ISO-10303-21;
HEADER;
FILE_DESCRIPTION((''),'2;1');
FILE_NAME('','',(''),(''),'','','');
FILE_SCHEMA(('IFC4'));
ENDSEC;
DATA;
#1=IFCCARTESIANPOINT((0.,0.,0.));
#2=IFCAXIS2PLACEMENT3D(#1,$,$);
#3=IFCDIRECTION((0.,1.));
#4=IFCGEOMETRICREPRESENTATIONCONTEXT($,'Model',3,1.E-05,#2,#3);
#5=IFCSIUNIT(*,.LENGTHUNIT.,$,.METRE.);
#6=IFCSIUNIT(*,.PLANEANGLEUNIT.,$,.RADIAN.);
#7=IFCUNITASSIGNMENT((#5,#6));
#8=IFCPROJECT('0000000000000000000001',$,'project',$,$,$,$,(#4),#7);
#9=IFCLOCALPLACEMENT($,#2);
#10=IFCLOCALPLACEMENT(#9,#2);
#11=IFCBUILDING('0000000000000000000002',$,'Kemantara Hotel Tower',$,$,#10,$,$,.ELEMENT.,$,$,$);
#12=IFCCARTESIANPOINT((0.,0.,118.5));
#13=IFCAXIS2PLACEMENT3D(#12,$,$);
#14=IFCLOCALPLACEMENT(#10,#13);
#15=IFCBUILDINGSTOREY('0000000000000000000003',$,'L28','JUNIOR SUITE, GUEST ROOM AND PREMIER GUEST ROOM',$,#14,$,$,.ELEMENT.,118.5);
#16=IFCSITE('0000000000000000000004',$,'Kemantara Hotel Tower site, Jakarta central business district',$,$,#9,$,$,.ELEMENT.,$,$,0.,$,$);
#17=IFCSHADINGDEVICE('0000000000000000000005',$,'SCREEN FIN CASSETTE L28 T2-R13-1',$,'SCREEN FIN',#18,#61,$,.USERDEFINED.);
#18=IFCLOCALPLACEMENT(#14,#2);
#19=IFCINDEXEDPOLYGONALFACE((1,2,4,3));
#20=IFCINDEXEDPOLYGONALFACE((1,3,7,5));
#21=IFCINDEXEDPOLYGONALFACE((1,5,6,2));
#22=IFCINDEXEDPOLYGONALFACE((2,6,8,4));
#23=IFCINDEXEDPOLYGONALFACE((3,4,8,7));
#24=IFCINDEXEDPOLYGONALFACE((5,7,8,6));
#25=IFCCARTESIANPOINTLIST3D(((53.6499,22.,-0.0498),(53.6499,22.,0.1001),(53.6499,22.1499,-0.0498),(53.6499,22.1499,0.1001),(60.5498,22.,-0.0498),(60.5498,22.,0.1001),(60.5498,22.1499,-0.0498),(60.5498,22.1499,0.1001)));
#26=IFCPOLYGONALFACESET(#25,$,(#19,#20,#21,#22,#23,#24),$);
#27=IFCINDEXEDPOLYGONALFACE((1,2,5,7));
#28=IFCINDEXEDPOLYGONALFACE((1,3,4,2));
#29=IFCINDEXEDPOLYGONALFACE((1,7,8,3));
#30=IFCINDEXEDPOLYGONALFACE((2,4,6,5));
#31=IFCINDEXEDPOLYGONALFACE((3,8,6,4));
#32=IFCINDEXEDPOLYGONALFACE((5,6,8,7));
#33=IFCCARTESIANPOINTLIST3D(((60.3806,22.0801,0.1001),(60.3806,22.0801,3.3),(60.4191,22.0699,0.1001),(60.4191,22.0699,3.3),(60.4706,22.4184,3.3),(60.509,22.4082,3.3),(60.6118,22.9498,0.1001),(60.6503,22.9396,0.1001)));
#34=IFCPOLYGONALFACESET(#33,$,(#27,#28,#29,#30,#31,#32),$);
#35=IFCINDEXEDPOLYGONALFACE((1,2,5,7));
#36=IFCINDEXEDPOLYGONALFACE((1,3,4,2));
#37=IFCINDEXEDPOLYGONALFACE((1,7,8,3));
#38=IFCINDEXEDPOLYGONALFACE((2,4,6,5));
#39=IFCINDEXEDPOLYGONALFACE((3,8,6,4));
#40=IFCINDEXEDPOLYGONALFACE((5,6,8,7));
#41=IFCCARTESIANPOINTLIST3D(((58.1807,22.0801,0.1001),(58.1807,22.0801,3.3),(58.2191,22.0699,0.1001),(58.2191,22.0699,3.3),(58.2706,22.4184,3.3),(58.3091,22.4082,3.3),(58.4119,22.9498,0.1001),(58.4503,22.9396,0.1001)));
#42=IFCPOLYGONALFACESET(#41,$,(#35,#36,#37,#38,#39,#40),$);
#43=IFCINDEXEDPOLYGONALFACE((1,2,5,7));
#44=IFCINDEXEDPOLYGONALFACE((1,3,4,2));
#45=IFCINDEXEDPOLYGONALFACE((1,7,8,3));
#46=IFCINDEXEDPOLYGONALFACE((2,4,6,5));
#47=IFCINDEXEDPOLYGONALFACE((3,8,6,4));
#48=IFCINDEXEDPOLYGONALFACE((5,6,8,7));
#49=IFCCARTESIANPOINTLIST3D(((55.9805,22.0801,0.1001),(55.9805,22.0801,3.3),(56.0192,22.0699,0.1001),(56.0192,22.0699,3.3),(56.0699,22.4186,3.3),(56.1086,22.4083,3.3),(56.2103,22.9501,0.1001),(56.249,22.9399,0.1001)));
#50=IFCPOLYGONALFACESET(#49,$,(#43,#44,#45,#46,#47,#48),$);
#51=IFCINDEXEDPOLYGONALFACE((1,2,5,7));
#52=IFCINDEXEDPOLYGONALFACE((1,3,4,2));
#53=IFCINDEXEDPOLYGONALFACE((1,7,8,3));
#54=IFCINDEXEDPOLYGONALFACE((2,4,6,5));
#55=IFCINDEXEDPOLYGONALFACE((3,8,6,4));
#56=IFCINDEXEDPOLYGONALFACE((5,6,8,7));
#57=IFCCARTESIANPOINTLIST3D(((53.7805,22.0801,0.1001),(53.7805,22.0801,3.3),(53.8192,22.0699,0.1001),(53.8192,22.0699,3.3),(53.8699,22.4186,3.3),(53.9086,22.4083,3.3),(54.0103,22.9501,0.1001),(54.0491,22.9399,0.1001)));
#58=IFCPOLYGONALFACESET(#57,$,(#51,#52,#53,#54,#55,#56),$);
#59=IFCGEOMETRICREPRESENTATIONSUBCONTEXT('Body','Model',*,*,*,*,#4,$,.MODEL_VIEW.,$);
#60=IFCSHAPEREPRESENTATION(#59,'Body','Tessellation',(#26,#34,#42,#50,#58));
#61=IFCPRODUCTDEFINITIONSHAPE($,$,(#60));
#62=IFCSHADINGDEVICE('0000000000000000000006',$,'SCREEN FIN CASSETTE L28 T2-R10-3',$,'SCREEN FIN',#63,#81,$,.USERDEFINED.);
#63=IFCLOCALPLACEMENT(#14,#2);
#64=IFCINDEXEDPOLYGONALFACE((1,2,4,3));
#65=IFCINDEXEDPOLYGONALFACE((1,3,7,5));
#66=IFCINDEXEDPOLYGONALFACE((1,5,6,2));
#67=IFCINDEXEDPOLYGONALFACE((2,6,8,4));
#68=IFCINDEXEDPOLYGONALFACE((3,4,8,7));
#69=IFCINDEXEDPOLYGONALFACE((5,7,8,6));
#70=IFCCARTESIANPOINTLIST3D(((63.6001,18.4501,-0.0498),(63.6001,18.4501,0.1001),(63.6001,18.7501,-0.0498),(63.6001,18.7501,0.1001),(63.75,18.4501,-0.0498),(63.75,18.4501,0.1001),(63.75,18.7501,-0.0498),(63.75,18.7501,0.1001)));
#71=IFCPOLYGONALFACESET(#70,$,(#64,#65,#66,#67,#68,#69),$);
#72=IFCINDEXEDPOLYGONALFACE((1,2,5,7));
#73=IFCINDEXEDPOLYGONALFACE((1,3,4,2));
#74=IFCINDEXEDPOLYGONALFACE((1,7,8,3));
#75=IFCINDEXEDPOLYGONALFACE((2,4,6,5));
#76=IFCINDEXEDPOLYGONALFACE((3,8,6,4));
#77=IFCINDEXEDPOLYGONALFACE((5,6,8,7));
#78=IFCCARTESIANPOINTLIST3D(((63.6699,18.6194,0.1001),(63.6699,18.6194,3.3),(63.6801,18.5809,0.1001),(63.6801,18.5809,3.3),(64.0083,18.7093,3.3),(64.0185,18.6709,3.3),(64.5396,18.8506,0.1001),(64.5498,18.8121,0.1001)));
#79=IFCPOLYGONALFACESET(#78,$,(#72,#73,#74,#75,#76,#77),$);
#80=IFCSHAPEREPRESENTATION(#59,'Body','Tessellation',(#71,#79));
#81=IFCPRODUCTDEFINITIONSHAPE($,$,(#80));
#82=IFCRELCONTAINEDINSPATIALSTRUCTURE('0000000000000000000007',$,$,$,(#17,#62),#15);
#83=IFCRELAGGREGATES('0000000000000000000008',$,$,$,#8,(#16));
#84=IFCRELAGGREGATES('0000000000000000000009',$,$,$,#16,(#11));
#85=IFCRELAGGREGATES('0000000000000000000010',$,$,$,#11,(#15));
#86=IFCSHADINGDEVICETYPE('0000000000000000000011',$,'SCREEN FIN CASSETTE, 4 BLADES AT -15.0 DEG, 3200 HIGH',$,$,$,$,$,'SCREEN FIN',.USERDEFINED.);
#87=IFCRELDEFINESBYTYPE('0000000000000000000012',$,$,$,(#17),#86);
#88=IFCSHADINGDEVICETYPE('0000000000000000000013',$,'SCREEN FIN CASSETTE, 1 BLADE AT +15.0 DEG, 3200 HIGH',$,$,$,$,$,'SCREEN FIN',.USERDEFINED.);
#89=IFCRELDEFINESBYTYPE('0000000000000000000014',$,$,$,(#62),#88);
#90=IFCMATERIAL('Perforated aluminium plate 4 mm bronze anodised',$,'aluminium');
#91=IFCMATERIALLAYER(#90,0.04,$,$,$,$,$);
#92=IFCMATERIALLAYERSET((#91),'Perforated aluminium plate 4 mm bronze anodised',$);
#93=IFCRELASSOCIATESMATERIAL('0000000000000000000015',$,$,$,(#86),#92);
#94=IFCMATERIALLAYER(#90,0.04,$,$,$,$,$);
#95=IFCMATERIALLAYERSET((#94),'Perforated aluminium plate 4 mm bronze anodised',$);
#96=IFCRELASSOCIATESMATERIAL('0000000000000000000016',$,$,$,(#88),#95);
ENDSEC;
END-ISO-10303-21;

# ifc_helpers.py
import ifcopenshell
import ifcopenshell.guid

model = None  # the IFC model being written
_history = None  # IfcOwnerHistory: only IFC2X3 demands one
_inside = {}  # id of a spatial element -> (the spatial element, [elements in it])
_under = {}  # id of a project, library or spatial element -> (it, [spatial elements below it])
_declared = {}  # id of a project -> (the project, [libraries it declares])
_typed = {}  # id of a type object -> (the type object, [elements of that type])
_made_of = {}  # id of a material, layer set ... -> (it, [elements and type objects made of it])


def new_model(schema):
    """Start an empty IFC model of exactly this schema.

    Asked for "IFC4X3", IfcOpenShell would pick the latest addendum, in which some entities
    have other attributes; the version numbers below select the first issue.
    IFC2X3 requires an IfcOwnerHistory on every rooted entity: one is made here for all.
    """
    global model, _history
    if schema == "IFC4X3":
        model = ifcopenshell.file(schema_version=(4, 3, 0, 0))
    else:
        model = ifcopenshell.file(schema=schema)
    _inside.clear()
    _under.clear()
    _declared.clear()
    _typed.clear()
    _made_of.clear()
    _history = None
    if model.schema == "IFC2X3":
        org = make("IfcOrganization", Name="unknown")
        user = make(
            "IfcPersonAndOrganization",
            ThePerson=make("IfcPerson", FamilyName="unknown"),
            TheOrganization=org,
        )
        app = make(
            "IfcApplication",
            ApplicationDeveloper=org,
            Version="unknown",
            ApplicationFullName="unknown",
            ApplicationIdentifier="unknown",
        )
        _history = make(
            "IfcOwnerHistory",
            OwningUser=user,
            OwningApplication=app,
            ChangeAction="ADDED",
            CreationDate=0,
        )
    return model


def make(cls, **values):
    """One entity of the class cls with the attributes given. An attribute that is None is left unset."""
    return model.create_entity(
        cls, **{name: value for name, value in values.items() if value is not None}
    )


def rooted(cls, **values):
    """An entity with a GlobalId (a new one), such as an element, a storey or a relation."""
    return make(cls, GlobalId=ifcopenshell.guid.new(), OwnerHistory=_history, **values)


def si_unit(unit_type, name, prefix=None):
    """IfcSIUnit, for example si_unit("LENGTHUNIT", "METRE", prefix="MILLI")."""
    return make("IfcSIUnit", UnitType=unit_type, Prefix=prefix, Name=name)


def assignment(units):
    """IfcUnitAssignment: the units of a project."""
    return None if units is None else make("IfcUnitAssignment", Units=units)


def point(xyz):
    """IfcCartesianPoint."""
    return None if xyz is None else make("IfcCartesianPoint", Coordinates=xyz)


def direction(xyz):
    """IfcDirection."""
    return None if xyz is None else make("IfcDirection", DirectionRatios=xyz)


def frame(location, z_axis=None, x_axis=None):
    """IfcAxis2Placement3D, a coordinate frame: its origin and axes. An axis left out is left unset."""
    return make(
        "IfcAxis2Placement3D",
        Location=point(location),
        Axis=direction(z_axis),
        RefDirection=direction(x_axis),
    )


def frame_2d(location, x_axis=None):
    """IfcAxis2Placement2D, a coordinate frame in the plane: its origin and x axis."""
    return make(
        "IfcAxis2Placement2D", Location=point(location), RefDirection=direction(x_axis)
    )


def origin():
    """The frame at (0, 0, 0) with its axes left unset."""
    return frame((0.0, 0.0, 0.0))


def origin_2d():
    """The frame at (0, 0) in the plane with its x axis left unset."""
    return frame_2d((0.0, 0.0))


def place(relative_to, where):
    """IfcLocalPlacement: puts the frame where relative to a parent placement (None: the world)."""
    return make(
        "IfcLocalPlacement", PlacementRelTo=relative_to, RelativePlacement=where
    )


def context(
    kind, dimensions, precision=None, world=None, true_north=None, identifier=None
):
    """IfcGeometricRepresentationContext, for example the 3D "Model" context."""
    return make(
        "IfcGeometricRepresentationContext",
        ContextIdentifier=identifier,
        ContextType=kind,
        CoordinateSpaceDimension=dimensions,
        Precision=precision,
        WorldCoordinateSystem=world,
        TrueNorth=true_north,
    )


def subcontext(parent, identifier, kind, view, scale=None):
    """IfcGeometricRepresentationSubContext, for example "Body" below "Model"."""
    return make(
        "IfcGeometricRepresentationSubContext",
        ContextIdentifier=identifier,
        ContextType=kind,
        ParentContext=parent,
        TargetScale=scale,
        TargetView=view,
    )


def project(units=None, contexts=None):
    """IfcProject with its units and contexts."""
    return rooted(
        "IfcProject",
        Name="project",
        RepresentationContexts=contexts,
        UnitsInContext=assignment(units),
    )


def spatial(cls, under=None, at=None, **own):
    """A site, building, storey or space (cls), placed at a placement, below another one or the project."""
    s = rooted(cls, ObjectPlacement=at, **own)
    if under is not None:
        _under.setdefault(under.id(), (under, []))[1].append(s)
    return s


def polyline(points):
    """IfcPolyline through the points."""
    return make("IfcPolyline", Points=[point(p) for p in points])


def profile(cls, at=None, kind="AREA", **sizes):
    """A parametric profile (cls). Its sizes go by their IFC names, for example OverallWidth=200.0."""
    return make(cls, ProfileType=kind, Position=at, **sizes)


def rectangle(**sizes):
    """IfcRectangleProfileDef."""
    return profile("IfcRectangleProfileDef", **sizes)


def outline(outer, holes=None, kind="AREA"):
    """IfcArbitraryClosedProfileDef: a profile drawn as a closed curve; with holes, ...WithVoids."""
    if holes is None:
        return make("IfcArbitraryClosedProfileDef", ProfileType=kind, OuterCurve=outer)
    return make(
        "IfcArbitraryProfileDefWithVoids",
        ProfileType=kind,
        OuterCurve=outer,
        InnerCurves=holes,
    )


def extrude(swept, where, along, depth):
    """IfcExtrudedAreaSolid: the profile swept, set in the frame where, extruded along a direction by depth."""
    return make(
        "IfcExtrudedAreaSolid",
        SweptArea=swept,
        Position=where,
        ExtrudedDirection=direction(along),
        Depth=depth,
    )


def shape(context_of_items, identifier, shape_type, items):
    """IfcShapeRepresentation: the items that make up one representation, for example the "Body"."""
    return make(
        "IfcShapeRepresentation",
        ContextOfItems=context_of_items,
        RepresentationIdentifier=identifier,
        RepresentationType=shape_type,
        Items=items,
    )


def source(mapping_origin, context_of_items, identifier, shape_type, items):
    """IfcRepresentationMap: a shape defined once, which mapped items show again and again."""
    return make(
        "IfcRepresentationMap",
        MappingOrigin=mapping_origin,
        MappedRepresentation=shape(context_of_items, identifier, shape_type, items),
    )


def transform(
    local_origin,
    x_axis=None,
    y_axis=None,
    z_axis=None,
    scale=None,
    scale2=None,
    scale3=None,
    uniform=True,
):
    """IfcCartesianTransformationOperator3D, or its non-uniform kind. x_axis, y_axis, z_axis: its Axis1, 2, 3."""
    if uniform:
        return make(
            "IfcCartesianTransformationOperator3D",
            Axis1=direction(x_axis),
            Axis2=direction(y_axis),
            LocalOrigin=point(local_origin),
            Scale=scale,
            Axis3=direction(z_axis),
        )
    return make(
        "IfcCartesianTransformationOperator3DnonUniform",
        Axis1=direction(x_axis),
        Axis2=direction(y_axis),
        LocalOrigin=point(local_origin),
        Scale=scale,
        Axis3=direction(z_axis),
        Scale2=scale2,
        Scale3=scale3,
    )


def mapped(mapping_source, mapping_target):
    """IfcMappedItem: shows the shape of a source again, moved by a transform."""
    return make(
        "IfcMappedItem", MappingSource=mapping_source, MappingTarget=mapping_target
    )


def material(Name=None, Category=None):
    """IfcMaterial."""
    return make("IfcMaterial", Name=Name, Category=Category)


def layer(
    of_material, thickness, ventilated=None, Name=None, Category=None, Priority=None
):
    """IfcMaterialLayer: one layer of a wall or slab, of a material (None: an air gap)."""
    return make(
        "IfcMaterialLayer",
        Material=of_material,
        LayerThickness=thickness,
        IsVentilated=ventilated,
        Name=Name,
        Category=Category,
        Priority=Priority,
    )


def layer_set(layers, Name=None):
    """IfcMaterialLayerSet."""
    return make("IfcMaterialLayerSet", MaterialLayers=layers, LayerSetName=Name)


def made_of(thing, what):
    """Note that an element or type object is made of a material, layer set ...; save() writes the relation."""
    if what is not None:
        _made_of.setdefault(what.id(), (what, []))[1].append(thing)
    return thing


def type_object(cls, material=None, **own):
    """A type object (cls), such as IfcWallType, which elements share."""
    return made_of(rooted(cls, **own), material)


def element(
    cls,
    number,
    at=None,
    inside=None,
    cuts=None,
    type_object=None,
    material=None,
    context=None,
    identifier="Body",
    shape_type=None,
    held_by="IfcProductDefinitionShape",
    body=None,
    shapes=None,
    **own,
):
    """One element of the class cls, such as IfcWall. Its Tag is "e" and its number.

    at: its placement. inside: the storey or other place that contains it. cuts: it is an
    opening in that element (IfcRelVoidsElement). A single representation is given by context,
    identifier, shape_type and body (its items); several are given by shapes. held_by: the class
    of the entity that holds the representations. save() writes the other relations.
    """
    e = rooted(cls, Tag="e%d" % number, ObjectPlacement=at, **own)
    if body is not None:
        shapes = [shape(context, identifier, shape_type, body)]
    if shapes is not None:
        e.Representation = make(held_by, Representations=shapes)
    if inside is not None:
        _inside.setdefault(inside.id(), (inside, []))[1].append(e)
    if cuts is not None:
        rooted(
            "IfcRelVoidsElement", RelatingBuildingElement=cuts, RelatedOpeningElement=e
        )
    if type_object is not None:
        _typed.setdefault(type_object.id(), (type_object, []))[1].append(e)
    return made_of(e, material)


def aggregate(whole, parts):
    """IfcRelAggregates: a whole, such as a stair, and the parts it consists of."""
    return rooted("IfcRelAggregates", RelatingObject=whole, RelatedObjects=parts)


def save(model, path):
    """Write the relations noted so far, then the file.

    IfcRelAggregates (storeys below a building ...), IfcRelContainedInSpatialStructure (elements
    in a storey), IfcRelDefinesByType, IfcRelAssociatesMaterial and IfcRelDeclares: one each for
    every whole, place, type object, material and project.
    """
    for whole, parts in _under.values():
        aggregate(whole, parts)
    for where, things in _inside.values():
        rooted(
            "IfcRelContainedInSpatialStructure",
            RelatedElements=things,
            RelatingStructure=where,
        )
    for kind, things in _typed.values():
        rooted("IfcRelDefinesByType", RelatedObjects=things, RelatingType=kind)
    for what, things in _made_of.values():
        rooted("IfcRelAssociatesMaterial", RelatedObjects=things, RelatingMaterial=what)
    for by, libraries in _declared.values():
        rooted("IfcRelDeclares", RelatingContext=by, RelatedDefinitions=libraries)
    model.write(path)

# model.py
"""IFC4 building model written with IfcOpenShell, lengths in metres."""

from ifc_helpers import new_model, si_unit, direction, frame, origin, origin_2d, place, context, subcontext, project, spatial, polyline, rectangle, outline, extrude, source, transform, mapped, material, layer, layer_set, type_object, element, save


model = new_model("IFC4")

# Units and contexts
model_context = context("Model", 3, precision=1e-05, world=origin(), true_north=direction((0.0, 1.0)))
body_context = subcontext(model_context, "Body", "Model", "MODEL_VIEW")
ifc_project = project(units=[si_unit("LENGTHUNIT", "METRE"), si_unit("PLANEANGLEUNIT", "RADIAN")], contexts=[model_context])

# Site, building, storey
site_placement = place(None, origin())
site = spatial("IfcSite", under=ifc_project, at=site_placement, Name="Kemantara Hotel Tower site, Jakarta central business district", CompositionType="ELEMENT", RefElevation=0.0)
building_placement = place(site_placement, origin())
building = spatial("IfcBuilding", under=site, at=building_placement, Name="Kemantara Hotel Tower", CompositionType="ELEMENT")
storey_placement = place(building_placement, frame((0.0, 0.0, 118.5)))
storey = spatial("IfcBuildingStorey", under=building, at=storey_placement, Name="L28", Description="JUNIOR SUITE, GUEST ROOM AND PREMIER GUEST ROOM", CompositionType="ELEMENT", Elevation=118.5)

# Shading devices
ifc_material_1 = material(Name="Perforated aluminium plate 4 mm bronze anodised", Category="aluminium")
ifc_layer_1 = layer(ifc_material_1, 0.04)
ifc_layer_set_1 = layer_set([ifc_layer_1], Name="Perforated aluminium plate 4 mm bronze anodised")
shading_device_type_1 = type_object("IfcShadingDeviceType", Name="SCREEN FIN CASSETTE, 4 BLADES AT -15.0 DEG, 3200 HIGH", ElementType="SCREEN FIN", PredefinedType="USERDEFINED", material=ifc_layer_set_1)
shared_shape_1 = source(origin(), body_context, "Body", "SweptSolid", [
    extrude(rectangle(XDim=6.8999, YDim=0.1499, at=origin_2d()), frame((3.3, -0.075, -0.1499), z_axis=(0.0, 0.0, 1.0), x_axis=(1.0, 0.0, 0.0)), (0.0, 0.0, 1.0), 0.1499),
    extrude(outline(polyline([(0.0, 0.0), (0.8999, 0.0), (0.3501, 3.2), (0.0, 3.2), (0.0, 0.0)])), frame((0.0193, -0.0801, 0.0), z_axis=(-0.966438, 0.256901, 0.0), x_axis=(-0.256901, -0.966438, 0.0)), (0.0, 0.0, 1.0), 0.0398),
    extrude(outline(polyline([(0.0, 0.0), (0.8999, 0.0), (0.3501, 3.2), (0.0, 3.2), (0.0, 0.0)])), frame((2.2192, -0.0801, 0.0), z_axis=(-0.966438, 0.256901, 0.0), x_axis=(-0.256901, -0.966438, 0.0)), (0.0, 0.0, 1.0), 0.0398),
    extrude(outline(polyline([(0.0, 0.0), (0.8999, 0.0), (0.3501, 3.2), (0.0, 3.2), (0.0, 0.0)])), frame((4.4194, -0.0801, 0.0), z_axis=(-0.966838, 0.255391, 0.0), x_axis=(-0.255391, -0.966838, 0.0)), (0.0, 0.0, 1.0), 0.04),
    extrude(outline(polyline([(0.0, 0.0), (0.8999, 0.0), (0.3501, 3.2), (0.0, 3.2), (0.0, 0.0)])), frame((6.6194, -0.0801, 0.0), z_axis=(-0.966838, 0.255391, 0.0), x_axis=(-0.255391, -0.966838, 0.0)), (0.0, 0.0, 1.0), 0.04),
])
shading_device_1_placement = place(storey_placement, frame((60.3999, 22.0, 0.1001), z_axis=(0.0, 0.0, 1.0), x_axis=(-1.0, 0.0, 0.0)))
element("IfcShadingDevice", 1, at=shading_device_1_placement, inside=storey, type_object=shading_device_type_1, Name="SCREEN FIN CASSETTE L28 T2-R13-1", ObjectType="SCREEN FIN", PredefinedType="USERDEFINED", context=body_context, shape_type="MappedRepresentation", body=[
    mapped(shared_shape_1, transform((0.0, 0.0, 0.0))),
])
ifc_layer_2 = layer(ifc_material_1, 0.04)
ifc_layer_set_2 = layer_set([ifc_layer_2], Name="Perforated aluminium plate 4 mm bronze anodised")
shading_device_type_2 = type_object("IfcShadingDeviceType", Name="SCREEN FIN CASSETTE, 1 BLADE AT +15.0 DEG, 3200 HIGH", ElementType="SCREEN FIN", PredefinedType="USERDEFINED", material=ifc_layer_set_2)
shared_shape_2 = source(origin(), body_context, "Body", "SweptSolid", [
    extrude(rectangle(XDim=0.3, YDim=0.1499, at=origin_2d()), frame((0.0, -0.075, -0.1499), z_axis=(0.0, 0.0, 1.0), x_axis=(1.0, 0.0, 0.0)), (0.0, 0.0, 1.0), 0.1499),
    extrude(outline(polyline([(0.0, 0.0), (0.8999, 0.0), (0.3501, 3.2), (0.0, 3.2), (0.0, 0.0)])), frame((0.0193, -0.0698, 0.0), z_axis=(-0.966438, -0.256901, 0.0), x_axis=(0.256901, -0.966438, 0.0)), (0.0, 0.0, 1.0), 0.0398),
])
shading_device_2_placement = place(storey_placement, frame((63.6001, 18.6001, 0.1001), z_axis=(0.0, 0.0, 1.0), x_axis=(0.0, 1.0, 0.0)))
element("IfcShadingDevice", 2, at=shading_device_2_placement, inside=storey, type_object=shading_device_type_2, Name="SCREEN FIN CASSETTE L28 T2-R10-3", ObjectType="SCREEN FIN", PredefinedType="USERDEFINED", context=body_context, shape_type="MappedRepresentation", body=[
    mapped(shared_shape_2, transform((0.0, 0.0, 0.0))),
])

save(model, "model.ifc")
